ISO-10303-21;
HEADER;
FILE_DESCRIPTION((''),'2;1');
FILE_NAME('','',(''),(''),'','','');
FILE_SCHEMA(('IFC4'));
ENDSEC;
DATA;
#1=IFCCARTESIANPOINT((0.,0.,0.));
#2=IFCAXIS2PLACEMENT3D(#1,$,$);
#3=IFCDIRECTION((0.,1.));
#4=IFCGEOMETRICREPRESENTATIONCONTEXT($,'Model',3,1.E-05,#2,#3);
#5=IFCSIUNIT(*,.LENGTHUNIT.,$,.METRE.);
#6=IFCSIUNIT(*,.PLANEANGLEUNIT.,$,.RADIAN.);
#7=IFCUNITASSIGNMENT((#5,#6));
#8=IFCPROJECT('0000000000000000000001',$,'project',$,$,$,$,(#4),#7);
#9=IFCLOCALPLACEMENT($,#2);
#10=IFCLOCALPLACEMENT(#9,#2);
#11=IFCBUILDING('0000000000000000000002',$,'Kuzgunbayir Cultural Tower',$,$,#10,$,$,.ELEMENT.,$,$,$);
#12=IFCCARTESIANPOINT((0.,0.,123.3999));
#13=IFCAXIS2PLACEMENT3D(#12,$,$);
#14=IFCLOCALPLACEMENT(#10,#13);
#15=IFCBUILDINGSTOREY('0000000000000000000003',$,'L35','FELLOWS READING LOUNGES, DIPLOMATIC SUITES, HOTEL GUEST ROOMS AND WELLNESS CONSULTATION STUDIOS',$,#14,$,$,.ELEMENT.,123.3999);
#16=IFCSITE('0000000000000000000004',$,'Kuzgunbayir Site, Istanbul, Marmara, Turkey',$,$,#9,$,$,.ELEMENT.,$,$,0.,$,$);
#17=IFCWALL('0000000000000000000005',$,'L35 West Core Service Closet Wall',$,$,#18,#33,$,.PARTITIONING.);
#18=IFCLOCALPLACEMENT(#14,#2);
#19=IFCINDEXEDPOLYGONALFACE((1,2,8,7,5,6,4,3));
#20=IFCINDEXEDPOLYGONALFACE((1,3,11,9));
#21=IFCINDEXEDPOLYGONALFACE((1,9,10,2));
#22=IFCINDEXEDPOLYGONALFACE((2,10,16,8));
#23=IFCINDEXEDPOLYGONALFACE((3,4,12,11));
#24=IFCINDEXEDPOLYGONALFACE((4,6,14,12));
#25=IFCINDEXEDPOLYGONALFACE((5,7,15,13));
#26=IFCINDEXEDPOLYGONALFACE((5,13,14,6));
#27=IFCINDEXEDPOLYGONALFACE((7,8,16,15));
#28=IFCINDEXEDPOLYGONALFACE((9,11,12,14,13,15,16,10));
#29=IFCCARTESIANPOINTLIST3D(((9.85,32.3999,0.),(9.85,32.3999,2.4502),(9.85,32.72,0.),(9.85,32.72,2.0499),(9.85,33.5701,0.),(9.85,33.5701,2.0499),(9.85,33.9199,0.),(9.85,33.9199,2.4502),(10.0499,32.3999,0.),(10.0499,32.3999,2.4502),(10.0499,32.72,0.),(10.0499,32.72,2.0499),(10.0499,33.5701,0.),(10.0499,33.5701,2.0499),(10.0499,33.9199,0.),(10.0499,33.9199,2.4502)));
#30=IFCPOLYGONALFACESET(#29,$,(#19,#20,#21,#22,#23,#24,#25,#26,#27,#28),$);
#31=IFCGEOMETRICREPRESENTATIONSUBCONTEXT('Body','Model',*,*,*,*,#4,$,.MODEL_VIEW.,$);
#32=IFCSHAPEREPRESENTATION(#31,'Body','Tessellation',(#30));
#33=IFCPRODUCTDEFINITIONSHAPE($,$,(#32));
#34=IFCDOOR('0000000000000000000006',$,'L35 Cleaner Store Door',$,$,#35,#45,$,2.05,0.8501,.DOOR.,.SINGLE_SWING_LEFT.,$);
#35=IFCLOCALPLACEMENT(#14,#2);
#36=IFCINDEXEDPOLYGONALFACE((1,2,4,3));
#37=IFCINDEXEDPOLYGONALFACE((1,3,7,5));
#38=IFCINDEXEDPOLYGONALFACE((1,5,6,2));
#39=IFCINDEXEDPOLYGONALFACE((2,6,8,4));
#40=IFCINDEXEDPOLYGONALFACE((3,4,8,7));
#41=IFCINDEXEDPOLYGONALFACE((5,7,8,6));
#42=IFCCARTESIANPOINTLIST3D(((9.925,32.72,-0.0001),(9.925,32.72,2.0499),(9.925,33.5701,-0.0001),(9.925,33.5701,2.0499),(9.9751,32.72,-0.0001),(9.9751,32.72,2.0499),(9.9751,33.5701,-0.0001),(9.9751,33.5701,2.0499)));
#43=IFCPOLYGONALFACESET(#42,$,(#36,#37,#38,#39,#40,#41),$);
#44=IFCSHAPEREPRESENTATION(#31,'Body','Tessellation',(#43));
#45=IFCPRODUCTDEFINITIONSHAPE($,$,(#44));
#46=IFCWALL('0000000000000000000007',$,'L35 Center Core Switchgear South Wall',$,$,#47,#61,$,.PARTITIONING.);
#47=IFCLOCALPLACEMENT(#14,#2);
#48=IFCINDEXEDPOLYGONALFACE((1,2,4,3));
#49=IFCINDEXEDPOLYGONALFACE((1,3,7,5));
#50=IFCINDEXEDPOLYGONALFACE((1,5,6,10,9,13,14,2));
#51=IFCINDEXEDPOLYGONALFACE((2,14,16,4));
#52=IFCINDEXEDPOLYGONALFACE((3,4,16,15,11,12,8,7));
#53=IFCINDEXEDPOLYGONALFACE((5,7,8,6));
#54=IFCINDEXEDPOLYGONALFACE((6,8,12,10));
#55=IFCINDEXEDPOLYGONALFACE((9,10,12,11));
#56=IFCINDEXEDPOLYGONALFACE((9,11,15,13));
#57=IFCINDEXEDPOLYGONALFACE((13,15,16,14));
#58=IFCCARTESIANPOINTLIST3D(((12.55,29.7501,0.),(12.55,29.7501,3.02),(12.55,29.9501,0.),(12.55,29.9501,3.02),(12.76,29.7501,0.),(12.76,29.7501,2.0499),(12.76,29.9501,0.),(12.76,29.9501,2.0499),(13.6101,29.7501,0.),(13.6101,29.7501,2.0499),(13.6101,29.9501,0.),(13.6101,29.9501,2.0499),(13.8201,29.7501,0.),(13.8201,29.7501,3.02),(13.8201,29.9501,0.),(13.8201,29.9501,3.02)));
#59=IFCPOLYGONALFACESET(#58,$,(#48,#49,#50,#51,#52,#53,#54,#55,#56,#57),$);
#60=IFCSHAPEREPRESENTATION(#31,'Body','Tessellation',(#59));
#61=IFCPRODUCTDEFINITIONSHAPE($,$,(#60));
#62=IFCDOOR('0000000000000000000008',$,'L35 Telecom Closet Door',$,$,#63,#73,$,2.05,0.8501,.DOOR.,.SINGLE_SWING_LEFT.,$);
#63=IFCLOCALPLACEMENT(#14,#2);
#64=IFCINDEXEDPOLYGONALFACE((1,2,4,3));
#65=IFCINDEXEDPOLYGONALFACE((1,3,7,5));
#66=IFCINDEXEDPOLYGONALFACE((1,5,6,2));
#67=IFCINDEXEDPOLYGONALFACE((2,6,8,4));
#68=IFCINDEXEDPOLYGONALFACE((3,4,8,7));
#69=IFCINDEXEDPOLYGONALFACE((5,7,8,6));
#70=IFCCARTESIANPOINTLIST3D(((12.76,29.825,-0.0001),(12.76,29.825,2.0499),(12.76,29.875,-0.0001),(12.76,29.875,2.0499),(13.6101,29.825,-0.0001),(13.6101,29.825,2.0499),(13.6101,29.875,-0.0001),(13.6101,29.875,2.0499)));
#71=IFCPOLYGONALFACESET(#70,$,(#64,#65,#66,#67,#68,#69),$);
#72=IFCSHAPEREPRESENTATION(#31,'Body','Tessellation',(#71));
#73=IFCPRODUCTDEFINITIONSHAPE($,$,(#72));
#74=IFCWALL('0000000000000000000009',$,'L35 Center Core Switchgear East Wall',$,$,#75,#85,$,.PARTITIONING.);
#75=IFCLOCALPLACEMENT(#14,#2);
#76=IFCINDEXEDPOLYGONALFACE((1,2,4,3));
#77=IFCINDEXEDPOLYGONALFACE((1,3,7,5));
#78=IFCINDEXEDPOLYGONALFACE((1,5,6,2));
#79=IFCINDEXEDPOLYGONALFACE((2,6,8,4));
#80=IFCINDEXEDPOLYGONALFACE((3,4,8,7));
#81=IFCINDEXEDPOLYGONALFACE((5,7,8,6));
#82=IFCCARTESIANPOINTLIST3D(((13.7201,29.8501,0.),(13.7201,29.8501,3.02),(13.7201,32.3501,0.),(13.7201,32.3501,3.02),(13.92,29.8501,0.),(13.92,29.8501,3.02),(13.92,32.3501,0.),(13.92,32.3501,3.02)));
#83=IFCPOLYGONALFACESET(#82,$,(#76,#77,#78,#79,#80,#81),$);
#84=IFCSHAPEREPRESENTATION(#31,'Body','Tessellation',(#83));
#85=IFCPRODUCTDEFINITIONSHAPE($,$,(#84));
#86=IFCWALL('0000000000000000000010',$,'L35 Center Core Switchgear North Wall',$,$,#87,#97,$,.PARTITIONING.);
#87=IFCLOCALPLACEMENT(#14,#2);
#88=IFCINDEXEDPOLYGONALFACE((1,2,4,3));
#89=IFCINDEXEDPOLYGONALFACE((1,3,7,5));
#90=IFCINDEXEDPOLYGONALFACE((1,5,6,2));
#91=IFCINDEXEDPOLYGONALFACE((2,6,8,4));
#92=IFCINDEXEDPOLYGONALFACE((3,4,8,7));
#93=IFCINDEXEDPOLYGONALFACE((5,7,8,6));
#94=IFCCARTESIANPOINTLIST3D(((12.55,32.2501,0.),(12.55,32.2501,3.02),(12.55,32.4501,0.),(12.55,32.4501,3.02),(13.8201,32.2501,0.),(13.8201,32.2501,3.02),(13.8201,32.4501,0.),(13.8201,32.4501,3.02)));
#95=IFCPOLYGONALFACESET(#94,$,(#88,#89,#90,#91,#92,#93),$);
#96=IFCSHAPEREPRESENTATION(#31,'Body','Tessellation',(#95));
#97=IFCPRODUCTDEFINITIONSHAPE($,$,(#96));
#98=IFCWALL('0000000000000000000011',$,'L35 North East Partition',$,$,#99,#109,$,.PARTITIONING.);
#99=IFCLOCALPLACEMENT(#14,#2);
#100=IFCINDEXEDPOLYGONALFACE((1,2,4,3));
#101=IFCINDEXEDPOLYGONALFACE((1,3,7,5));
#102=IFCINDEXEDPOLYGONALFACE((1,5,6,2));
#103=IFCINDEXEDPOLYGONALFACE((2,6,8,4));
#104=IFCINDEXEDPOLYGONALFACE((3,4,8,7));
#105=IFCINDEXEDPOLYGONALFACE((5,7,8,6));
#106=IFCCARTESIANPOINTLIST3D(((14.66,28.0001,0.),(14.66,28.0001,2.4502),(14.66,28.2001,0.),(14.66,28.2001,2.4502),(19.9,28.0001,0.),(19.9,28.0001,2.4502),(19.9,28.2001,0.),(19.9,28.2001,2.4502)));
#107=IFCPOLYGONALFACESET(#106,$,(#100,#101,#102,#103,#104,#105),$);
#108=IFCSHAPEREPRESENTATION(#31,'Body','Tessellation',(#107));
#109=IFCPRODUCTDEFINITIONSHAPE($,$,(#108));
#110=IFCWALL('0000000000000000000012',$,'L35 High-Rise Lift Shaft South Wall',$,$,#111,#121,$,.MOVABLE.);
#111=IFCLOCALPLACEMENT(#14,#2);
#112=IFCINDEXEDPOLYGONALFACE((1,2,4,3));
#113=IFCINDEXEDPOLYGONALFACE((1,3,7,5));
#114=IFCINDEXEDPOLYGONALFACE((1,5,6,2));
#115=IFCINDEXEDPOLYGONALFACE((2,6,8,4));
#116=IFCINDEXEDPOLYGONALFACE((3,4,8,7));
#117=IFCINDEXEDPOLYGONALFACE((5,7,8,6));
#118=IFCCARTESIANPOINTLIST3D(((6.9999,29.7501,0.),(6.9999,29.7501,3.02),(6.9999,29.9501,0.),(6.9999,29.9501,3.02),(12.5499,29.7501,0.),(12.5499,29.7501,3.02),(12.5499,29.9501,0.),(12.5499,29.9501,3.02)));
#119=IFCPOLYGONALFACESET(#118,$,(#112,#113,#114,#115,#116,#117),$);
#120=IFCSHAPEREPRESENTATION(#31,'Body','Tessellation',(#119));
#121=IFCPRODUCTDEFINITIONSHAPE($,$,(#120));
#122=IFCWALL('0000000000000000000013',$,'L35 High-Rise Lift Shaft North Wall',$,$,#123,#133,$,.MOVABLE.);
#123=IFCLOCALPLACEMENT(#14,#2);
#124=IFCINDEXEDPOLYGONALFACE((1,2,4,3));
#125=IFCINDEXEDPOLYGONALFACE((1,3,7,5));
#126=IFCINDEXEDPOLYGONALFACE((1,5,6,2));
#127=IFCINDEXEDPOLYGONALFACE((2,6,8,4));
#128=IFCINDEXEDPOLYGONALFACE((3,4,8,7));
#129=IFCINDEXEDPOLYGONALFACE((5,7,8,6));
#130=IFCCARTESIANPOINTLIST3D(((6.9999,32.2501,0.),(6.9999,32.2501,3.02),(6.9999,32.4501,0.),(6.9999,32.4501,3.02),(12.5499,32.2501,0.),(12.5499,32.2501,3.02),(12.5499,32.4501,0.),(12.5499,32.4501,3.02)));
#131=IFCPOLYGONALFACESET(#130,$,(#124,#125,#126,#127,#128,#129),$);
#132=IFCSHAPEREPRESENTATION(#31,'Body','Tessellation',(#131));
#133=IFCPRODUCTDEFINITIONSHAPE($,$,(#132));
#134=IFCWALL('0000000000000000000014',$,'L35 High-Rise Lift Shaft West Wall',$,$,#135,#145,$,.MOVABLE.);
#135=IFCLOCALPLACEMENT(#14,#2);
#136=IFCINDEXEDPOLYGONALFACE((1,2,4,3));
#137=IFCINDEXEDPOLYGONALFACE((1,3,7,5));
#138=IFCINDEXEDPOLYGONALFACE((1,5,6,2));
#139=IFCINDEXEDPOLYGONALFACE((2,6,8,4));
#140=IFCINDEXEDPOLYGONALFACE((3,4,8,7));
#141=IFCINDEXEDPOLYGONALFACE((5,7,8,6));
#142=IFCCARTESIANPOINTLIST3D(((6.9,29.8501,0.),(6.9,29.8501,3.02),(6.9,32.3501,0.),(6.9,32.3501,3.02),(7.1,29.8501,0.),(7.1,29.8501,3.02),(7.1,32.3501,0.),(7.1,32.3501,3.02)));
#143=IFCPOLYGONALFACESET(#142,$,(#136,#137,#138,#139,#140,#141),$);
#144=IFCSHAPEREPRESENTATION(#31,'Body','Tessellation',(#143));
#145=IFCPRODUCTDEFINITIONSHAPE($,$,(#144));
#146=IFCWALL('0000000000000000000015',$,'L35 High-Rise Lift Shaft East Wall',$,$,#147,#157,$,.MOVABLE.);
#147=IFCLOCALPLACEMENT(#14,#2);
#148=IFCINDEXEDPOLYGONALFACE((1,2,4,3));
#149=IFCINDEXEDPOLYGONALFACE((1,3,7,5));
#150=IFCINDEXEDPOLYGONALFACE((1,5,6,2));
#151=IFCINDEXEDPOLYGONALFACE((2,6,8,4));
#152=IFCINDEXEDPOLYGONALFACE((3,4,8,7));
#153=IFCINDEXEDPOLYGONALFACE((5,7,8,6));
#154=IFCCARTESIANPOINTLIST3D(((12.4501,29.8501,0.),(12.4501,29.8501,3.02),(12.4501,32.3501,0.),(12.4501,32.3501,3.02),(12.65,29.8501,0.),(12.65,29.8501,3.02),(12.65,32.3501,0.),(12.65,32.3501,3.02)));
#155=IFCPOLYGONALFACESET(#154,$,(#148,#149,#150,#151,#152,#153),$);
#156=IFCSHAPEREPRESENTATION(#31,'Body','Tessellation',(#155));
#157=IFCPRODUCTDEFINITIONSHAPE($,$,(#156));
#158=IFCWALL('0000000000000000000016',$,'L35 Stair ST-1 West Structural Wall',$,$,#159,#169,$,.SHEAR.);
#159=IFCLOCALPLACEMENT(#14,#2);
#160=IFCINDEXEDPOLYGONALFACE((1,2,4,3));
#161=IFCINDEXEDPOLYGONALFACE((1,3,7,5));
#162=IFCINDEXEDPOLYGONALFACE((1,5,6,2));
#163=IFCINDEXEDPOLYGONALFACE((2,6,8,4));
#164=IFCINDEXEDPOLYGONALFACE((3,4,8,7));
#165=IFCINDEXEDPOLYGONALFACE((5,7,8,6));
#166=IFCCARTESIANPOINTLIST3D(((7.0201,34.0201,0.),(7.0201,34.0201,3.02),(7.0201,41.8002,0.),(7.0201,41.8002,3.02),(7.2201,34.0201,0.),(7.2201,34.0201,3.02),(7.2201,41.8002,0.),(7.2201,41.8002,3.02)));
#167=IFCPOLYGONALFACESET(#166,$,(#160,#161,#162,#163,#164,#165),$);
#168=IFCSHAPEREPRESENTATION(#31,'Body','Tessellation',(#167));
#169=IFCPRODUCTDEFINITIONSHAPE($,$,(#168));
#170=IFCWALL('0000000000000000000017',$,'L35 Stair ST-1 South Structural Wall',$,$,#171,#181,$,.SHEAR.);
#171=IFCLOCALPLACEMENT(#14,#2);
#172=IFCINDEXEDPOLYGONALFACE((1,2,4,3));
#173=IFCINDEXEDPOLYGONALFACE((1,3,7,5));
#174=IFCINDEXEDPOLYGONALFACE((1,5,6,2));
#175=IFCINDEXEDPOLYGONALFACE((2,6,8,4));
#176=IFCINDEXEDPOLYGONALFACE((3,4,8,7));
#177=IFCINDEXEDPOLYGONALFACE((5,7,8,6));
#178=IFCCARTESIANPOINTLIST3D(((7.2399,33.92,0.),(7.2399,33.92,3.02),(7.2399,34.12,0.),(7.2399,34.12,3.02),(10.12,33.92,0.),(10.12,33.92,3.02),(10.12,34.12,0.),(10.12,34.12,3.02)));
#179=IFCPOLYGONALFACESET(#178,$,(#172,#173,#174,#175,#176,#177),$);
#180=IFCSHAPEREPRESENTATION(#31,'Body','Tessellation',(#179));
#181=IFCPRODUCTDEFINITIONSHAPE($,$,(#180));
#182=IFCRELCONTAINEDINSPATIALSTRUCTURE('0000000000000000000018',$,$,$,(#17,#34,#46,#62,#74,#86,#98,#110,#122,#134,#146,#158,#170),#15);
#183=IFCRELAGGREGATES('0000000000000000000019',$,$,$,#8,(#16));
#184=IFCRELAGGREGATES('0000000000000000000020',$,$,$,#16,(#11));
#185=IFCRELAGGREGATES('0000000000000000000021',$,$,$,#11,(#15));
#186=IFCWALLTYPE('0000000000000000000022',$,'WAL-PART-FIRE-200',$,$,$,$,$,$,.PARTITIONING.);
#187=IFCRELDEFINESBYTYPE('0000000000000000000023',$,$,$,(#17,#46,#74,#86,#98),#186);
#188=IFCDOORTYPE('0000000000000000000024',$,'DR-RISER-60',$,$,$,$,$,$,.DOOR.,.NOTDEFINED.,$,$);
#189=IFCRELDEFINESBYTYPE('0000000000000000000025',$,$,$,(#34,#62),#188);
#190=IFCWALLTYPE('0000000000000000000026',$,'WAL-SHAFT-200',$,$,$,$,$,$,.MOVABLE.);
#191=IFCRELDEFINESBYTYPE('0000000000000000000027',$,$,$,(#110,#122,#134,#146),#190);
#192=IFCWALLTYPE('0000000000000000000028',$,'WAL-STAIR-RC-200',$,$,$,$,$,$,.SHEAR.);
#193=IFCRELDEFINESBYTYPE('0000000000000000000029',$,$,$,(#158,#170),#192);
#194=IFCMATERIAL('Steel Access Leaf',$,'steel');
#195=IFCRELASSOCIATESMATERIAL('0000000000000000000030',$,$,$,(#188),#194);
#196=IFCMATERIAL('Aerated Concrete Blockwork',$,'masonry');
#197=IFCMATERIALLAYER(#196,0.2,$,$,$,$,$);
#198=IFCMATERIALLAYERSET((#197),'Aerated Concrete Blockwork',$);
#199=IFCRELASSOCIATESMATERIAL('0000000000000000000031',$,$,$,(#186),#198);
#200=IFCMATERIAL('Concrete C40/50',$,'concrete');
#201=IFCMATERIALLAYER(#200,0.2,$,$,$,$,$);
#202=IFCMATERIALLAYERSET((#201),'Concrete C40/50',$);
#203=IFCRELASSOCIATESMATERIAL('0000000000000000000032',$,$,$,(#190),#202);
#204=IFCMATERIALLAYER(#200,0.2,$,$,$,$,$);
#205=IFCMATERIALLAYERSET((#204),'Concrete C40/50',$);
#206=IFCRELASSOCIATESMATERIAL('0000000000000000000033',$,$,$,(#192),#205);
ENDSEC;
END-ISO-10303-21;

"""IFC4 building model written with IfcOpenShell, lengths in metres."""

from ifc_helpers import new_model, si_unit, direction, frame, frame_2d, origin, place, context, subcontext, project, spatial, rectangle, extrude, material, layer, layer_set, type_object, element, fill, save


model = new_model("IFC4")

# Units and contexts
model_context = context("Model", 3, precision=1e-05, world=origin(), true_north=direction((0.0, 1.0)))
body_context = subcontext(model_context, "Body", "Model", "MODEL_VIEW")
ifc_project = project(units=[si_unit("LENGTHUNIT", "METRE"), si_unit("PLANEANGLEUNIT", "RADIAN")], contexts=[model_context])

# Site, building, storey
site_placement = place(None, origin())
site = spatial("IfcSite", under=ifc_project, at=site_placement, Name="Kuzgunbayir Site, Istanbul, Marmara, Turkey", CompositionType="ELEMENT", RefElevation=0.0)
building_placement = place(site_placement, origin())
building = spatial("IfcBuilding", under=site, at=building_placement, Name="Kuzgunbayir Cultural Tower", CompositionType="ELEMENT")
storey_placement = place(building_placement, frame((0.0, 0.0, 123.3999)))
storey = spatial("IfcBuildingStorey", under=building, at=storey_placement, Name="L35", Description="FELLOWS READING LOUNGES, DIPLOMATIC SUITES, HOTEL GUEST ROOMS AND WELLNESS CONSULTATION STUDIOS", CompositionType="ELEMENT", Elevation=123.3999)

# Shared definitions
ifc_material_1 = material(Name="Steel Access Leaf", Category="steel")
door_type_1 = type_object("IfcDoorType", Name="DR-RISER-60", OperationType="NOTDEFINED", PredefinedType="DOOR", material=ifc_material_1)

# Shared definitions
ifc_material_2 = material(Name="Aerated Concrete Blockwork", Category="masonry")
ifc_layer_1 = layer(ifc_material_2, 0.2)
ifc_layer_set_1 = layer_set([ifc_layer_1], Name="Aerated Concrete Blockwork")
wall_type_1 = type_object("IfcWallType", Name="WAL-PART-FIRE-200", PredefinedType="PARTITIONING", material=ifc_layer_set_1)

# Walls, openings, doors
wall_1_placement = place(storey_placement, frame((9.95, 32.3999, 0.0), z_axis=(0.0, 0.0, 1.0), x_axis=(0.0, 1.0, 0.0)))
wall_1 = element("IfcWall", 1, at=wall_1_placement, inside=storey, type_object=wall_type_1, Name="L35 West Core Service Closet Wall", PredefinedType="PARTITIONING", context=body_context, shape_type="SweptSolid", body=[
    extrude(rectangle(XDim=1.52, YDim=0.2, at=frame_2d((0.76, 0.0))), origin(), (0.0, 0.0, 1.0), 2.4502),
])
opening_1_placement = place(wall_1_placement, frame((0.3201, 0.0, 0.0)))
opening_1 = element("IfcOpeningElement", 2, at=opening_1_placement, cuts=wall_1, PredefinedType="OPENING", context=body_context, shape_type="SweptSolid", body=[
    extrude(rectangle(XDim=0.8501, YDim=2.05, at=frame_2d((0.425, 1.0249))), frame((0.0, 0.1099, 0.0), z_axis=(0.0, -1.0, 0.0), x_axis=(1.0, 0.0, 0.0)), (0.0, 0.0, 1.0), 0.22),
])
door_1_placement = place(opening_1_placement, origin())
door_1 = element("IfcDoor", 3, at=door_1_placement, inside=storey, type_object=door_type_1, Name="L35 Cleaner Store Door", OperationType="SINGLE_SWING_LEFT", OverallHeight=2.05, OverallWidth=0.8501, PredefinedType="DOOR", context=body_context, shape_type="SweptSolid", body=[
    extrude(rectangle(XDim=0.8501, YDim=2.05, at=frame_2d((0.425, 1.0249))), frame((0.0, 0.0249, 0.0), z_axis=(0.0, -1.0, 0.0), x_axis=(1.0, 0.0, 0.0)), (0.0, 0.0, 1.0), 0.05),
])
fill(opening_1, door_1)
wall_2_placement = place(storey_placement, frame((12.55, 29.8501, 0.0), z_axis=(0.0, 0.0, 1.0), x_axis=(1.0, 0.0, 0.0)))
wall_2 = element("IfcWall", 4, at=wall_2_placement, inside=storey, type_object=wall_type_1, Name="L35 Center Core Switchgear South Wall", PredefinedType="PARTITIONING", context=body_context, shape_type="SweptSolid", body=[
    extrude(rectangle(XDim=1.27, YDim=0.2, at=frame_2d((0.635, 0.0))), origin(), (0.0, 0.0, 1.0), 3.02),
])
opening_2_placement = place(wall_2_placement, frame((0.21, 0.0, 0.0)))
opening_2 = element("IfcOpeningElement", 5, at=opening_2_placement, cuts=wall_2, PredefinedType="OPENING", context=body_context, shape_type="SweptSolid", body=[
    extrude(rectangle(XDim=0.8501, YDim=2.05, at=frame_2d((0.425, 1.0249))), frame((0.0, 0.1099, 0.0), z_axis=(0.0, -1.0, 0.0), x_axis=(1.0, 0.0, 0.0)), (0.0, 0.0, 1.0), 0.22),
])
door_2_placement = place(opening_2_placement, origin())
door_2 = element("IfcDoor", 6, at=door_2_placement, inside=storey, type_object=door_type_1, Name="L35 Telecom Closet Door", OperationType="SINGLE_SWING_LEFT", OverallHeight=2.05, OverallWidth=0.8501, PredefinedType="DOOR", context=body_context, shape_type="SweptSolid", body=[
    extrude(rectangle(XDim=0.8501, YDim=2.05, at=frame_2d((0.425, 1.0249))), frame((0.0, 0.0249, 0.0), z_axis=(0.0, -1.0, 0.0), x_axis=(1.0, 0.0, 0.0)), (0.0, 0.0, 1.0), 0.05),
])
fill(opening_2, door_2)

# Walls
wall_3_placement = place(storey_placement, frame((13.8201, 29.8501, 0.0), z_axis=(0.0, 0.0, 1.0), x_axis=(0.0, 1.0, 0.0)))
element("IfcWall", 7, at=wall_3_placement, inside=storey, type_object=wall_type_1, Name="L35 Center Core Switchgear East Wall", PredefinedType="PARTITIONING", context=body_context, shape_type="SweptSolid", body=[
    extrude(rectangle(XDim=2.5, YDim=0.2, at=frame_2d((1.25, 0.0))), origin(), (0.0, 0.0, 1.0), 3.02),
])
wall_4_placement = place(storey_placement, frame((12.55, 32.3501, 0.0), z_axis=(0.0, 0.0, 1.0), x_axis=(1.0, 0.0, 0.0)))
element("IfcWall", 8, at=wall_4_placement, inside=storey, type_object=wall_type_1, Name="L35 Center Core Switchgear North Wall", PredefinedType="PARTITIONING", context=body_context, shape_type="SweptSolid", body=[
    extrude(rectangle(XDim=1.27, YDim=0.2, at=frame_2d((0.635, 0.0))), origin(), (0.0, 0.0, 1.0), 3.02),
])
wall_5_placement = place(storey_placement, frame((14.6599, 28.1001, 0.0), z_axis=(0.0, 0.0, 1.0), x_axis=(1.0, 0.0, 0.0)))
element("IfcWall", 9, at=wall_5_placement, inside=storey, type_object=wall_type_1, Name="L35 North East Partition", PredefinedType="PARTITIONING", context=body_context, shape_type="SweptSolid", body=[
    extrude(rectangle(XDim=5.24, YDim=0.2, at=frame_2d((2.6201, 0.0))), origin(), (0.0, 0.0, 1.0), 2.4502),
])
ifc_material_3 = material(Name="Concrete C40/50", Category="concrete")
ifc_layer_2 = layer(ifc_material_3, 0.2)
ifc_layer_set_2 = layer_set([ifc_layer_2], Name="Concrete C40/50")
wall_type_2 = type_object("IfcWallType", Name="WAL-SHAFT-200", PredefinedType="MOVABLE", material=ifc_layer_set_2)
for number, where, z_axis, x_axis, name in (
    (10, (7.0, 29.8501, 0.0), (0.0, 0.0, 1.0), (1.0, 0.0, 0.0), "L35 High-Rise Lift Shaft South Wall"),
    (11, (7.0, 32.3501, 0.0), (0.0, 0.0, 1.0), (1.0, 0.0, 0.0), "L35 High-Rise Lift Shaft North Wall"),
):
    element("IfcWall", number, at=place(storey_placement, frame(where, z_axis=z_axis, x_axis=x_axis)), inside=storey, type_object=wall_type_2, Name=name, PredefinedType="MOVABLE", context=body_context, shape_type="SweptSolid", body=[
        extrude(rectangle(XDim=5.55, YDim=0.2, at=frame_2d((2.7749, 0.0))), origin(), (0.0, 0.0, 1.0), 3.02),
    ])
for number, where, z_axis, x_axis, name in (
    (12, (7.0, 29.8501, 0.0), (0.0, 0.0, 1.0), (0.0, 1.0, 0.0), "L35 High-Rise Lift Shaft West Wall"),
    (13, (12.55, 29.8501, 0.0), (0.0, 0.0, 1.0), (0.0, 1.0, 0.0), "L35 High-Rise Lift Shaft East Wall"),
):
    element("IfcWall", number, at=place(storey_placement, frame(where, z_axis=z_axis, x_axis=x_axis)), inside=storey, type_object=wall_type_2, Name=name, PredefinedType="MOVABLE", context=body_context, shape_type="SweptSolid", body=[
        extrude(rectangle(XDim=2.5, YDim=0.2, at=frame_2d((1.25, 0.0))), origin(), (0.0, 0.0, 1.0), 3.02),
    ])
ifc_layer_3 = layer(ifc_material_3, 0.2)
ifc_layer_set_3 = layer_set([ifc_layer_3], Name="Concrete C40/50")
wall_type_3 = type_object("IfcWallType", Name="WAL-STAIR-RC-200", PredefinedType="SHEAR", material=ifc_layer_set_3)
wall_6_placement = place(storey_placement, frame((7.1201, 34.02, 0.0), z_axis=(0.0, 0.0, 1.0), x_axis=(0.0, 1.0, 0.0)))
element("IfcWall", 14, at=wall_6_placement, inside=storey, type_object=wall_type_3, Name="L35 Stair ST-1 West Structural Wall", PredefinedType="SHEAR", context=body_context, shape_type="SweptSolid", body=[
    extrude(rectangle(XDim=7.78, YDim=0.2, at=frame_2d((3.8901, 0.0))), origin(), (0.0, 0.0, 1.0), 3.02),
])
wall_7_placement = place(storey_placement, frame((7.24, 34.02, 0.0), z_axis=(0.0, 0.0, 1.0), x_axis=(1.0, 0.0, 0.0)))
element("IfcWall", 15, at=wall_7_placement, inside=storey, type_object=wall_type_3, Name="L35 Stair ST-1 South Structural Wall", PredefinedType="SHEAR", context=body_context, shape_type="SweptSolid", body=[
    extrude(rectangle(XDim=2.8801, YDim=0.2, at=frame_2d((1.4399, 0.0))), origin(), (0.0, 0.0, 1.0), 3.02),
])

save(model, "model.ifc")
